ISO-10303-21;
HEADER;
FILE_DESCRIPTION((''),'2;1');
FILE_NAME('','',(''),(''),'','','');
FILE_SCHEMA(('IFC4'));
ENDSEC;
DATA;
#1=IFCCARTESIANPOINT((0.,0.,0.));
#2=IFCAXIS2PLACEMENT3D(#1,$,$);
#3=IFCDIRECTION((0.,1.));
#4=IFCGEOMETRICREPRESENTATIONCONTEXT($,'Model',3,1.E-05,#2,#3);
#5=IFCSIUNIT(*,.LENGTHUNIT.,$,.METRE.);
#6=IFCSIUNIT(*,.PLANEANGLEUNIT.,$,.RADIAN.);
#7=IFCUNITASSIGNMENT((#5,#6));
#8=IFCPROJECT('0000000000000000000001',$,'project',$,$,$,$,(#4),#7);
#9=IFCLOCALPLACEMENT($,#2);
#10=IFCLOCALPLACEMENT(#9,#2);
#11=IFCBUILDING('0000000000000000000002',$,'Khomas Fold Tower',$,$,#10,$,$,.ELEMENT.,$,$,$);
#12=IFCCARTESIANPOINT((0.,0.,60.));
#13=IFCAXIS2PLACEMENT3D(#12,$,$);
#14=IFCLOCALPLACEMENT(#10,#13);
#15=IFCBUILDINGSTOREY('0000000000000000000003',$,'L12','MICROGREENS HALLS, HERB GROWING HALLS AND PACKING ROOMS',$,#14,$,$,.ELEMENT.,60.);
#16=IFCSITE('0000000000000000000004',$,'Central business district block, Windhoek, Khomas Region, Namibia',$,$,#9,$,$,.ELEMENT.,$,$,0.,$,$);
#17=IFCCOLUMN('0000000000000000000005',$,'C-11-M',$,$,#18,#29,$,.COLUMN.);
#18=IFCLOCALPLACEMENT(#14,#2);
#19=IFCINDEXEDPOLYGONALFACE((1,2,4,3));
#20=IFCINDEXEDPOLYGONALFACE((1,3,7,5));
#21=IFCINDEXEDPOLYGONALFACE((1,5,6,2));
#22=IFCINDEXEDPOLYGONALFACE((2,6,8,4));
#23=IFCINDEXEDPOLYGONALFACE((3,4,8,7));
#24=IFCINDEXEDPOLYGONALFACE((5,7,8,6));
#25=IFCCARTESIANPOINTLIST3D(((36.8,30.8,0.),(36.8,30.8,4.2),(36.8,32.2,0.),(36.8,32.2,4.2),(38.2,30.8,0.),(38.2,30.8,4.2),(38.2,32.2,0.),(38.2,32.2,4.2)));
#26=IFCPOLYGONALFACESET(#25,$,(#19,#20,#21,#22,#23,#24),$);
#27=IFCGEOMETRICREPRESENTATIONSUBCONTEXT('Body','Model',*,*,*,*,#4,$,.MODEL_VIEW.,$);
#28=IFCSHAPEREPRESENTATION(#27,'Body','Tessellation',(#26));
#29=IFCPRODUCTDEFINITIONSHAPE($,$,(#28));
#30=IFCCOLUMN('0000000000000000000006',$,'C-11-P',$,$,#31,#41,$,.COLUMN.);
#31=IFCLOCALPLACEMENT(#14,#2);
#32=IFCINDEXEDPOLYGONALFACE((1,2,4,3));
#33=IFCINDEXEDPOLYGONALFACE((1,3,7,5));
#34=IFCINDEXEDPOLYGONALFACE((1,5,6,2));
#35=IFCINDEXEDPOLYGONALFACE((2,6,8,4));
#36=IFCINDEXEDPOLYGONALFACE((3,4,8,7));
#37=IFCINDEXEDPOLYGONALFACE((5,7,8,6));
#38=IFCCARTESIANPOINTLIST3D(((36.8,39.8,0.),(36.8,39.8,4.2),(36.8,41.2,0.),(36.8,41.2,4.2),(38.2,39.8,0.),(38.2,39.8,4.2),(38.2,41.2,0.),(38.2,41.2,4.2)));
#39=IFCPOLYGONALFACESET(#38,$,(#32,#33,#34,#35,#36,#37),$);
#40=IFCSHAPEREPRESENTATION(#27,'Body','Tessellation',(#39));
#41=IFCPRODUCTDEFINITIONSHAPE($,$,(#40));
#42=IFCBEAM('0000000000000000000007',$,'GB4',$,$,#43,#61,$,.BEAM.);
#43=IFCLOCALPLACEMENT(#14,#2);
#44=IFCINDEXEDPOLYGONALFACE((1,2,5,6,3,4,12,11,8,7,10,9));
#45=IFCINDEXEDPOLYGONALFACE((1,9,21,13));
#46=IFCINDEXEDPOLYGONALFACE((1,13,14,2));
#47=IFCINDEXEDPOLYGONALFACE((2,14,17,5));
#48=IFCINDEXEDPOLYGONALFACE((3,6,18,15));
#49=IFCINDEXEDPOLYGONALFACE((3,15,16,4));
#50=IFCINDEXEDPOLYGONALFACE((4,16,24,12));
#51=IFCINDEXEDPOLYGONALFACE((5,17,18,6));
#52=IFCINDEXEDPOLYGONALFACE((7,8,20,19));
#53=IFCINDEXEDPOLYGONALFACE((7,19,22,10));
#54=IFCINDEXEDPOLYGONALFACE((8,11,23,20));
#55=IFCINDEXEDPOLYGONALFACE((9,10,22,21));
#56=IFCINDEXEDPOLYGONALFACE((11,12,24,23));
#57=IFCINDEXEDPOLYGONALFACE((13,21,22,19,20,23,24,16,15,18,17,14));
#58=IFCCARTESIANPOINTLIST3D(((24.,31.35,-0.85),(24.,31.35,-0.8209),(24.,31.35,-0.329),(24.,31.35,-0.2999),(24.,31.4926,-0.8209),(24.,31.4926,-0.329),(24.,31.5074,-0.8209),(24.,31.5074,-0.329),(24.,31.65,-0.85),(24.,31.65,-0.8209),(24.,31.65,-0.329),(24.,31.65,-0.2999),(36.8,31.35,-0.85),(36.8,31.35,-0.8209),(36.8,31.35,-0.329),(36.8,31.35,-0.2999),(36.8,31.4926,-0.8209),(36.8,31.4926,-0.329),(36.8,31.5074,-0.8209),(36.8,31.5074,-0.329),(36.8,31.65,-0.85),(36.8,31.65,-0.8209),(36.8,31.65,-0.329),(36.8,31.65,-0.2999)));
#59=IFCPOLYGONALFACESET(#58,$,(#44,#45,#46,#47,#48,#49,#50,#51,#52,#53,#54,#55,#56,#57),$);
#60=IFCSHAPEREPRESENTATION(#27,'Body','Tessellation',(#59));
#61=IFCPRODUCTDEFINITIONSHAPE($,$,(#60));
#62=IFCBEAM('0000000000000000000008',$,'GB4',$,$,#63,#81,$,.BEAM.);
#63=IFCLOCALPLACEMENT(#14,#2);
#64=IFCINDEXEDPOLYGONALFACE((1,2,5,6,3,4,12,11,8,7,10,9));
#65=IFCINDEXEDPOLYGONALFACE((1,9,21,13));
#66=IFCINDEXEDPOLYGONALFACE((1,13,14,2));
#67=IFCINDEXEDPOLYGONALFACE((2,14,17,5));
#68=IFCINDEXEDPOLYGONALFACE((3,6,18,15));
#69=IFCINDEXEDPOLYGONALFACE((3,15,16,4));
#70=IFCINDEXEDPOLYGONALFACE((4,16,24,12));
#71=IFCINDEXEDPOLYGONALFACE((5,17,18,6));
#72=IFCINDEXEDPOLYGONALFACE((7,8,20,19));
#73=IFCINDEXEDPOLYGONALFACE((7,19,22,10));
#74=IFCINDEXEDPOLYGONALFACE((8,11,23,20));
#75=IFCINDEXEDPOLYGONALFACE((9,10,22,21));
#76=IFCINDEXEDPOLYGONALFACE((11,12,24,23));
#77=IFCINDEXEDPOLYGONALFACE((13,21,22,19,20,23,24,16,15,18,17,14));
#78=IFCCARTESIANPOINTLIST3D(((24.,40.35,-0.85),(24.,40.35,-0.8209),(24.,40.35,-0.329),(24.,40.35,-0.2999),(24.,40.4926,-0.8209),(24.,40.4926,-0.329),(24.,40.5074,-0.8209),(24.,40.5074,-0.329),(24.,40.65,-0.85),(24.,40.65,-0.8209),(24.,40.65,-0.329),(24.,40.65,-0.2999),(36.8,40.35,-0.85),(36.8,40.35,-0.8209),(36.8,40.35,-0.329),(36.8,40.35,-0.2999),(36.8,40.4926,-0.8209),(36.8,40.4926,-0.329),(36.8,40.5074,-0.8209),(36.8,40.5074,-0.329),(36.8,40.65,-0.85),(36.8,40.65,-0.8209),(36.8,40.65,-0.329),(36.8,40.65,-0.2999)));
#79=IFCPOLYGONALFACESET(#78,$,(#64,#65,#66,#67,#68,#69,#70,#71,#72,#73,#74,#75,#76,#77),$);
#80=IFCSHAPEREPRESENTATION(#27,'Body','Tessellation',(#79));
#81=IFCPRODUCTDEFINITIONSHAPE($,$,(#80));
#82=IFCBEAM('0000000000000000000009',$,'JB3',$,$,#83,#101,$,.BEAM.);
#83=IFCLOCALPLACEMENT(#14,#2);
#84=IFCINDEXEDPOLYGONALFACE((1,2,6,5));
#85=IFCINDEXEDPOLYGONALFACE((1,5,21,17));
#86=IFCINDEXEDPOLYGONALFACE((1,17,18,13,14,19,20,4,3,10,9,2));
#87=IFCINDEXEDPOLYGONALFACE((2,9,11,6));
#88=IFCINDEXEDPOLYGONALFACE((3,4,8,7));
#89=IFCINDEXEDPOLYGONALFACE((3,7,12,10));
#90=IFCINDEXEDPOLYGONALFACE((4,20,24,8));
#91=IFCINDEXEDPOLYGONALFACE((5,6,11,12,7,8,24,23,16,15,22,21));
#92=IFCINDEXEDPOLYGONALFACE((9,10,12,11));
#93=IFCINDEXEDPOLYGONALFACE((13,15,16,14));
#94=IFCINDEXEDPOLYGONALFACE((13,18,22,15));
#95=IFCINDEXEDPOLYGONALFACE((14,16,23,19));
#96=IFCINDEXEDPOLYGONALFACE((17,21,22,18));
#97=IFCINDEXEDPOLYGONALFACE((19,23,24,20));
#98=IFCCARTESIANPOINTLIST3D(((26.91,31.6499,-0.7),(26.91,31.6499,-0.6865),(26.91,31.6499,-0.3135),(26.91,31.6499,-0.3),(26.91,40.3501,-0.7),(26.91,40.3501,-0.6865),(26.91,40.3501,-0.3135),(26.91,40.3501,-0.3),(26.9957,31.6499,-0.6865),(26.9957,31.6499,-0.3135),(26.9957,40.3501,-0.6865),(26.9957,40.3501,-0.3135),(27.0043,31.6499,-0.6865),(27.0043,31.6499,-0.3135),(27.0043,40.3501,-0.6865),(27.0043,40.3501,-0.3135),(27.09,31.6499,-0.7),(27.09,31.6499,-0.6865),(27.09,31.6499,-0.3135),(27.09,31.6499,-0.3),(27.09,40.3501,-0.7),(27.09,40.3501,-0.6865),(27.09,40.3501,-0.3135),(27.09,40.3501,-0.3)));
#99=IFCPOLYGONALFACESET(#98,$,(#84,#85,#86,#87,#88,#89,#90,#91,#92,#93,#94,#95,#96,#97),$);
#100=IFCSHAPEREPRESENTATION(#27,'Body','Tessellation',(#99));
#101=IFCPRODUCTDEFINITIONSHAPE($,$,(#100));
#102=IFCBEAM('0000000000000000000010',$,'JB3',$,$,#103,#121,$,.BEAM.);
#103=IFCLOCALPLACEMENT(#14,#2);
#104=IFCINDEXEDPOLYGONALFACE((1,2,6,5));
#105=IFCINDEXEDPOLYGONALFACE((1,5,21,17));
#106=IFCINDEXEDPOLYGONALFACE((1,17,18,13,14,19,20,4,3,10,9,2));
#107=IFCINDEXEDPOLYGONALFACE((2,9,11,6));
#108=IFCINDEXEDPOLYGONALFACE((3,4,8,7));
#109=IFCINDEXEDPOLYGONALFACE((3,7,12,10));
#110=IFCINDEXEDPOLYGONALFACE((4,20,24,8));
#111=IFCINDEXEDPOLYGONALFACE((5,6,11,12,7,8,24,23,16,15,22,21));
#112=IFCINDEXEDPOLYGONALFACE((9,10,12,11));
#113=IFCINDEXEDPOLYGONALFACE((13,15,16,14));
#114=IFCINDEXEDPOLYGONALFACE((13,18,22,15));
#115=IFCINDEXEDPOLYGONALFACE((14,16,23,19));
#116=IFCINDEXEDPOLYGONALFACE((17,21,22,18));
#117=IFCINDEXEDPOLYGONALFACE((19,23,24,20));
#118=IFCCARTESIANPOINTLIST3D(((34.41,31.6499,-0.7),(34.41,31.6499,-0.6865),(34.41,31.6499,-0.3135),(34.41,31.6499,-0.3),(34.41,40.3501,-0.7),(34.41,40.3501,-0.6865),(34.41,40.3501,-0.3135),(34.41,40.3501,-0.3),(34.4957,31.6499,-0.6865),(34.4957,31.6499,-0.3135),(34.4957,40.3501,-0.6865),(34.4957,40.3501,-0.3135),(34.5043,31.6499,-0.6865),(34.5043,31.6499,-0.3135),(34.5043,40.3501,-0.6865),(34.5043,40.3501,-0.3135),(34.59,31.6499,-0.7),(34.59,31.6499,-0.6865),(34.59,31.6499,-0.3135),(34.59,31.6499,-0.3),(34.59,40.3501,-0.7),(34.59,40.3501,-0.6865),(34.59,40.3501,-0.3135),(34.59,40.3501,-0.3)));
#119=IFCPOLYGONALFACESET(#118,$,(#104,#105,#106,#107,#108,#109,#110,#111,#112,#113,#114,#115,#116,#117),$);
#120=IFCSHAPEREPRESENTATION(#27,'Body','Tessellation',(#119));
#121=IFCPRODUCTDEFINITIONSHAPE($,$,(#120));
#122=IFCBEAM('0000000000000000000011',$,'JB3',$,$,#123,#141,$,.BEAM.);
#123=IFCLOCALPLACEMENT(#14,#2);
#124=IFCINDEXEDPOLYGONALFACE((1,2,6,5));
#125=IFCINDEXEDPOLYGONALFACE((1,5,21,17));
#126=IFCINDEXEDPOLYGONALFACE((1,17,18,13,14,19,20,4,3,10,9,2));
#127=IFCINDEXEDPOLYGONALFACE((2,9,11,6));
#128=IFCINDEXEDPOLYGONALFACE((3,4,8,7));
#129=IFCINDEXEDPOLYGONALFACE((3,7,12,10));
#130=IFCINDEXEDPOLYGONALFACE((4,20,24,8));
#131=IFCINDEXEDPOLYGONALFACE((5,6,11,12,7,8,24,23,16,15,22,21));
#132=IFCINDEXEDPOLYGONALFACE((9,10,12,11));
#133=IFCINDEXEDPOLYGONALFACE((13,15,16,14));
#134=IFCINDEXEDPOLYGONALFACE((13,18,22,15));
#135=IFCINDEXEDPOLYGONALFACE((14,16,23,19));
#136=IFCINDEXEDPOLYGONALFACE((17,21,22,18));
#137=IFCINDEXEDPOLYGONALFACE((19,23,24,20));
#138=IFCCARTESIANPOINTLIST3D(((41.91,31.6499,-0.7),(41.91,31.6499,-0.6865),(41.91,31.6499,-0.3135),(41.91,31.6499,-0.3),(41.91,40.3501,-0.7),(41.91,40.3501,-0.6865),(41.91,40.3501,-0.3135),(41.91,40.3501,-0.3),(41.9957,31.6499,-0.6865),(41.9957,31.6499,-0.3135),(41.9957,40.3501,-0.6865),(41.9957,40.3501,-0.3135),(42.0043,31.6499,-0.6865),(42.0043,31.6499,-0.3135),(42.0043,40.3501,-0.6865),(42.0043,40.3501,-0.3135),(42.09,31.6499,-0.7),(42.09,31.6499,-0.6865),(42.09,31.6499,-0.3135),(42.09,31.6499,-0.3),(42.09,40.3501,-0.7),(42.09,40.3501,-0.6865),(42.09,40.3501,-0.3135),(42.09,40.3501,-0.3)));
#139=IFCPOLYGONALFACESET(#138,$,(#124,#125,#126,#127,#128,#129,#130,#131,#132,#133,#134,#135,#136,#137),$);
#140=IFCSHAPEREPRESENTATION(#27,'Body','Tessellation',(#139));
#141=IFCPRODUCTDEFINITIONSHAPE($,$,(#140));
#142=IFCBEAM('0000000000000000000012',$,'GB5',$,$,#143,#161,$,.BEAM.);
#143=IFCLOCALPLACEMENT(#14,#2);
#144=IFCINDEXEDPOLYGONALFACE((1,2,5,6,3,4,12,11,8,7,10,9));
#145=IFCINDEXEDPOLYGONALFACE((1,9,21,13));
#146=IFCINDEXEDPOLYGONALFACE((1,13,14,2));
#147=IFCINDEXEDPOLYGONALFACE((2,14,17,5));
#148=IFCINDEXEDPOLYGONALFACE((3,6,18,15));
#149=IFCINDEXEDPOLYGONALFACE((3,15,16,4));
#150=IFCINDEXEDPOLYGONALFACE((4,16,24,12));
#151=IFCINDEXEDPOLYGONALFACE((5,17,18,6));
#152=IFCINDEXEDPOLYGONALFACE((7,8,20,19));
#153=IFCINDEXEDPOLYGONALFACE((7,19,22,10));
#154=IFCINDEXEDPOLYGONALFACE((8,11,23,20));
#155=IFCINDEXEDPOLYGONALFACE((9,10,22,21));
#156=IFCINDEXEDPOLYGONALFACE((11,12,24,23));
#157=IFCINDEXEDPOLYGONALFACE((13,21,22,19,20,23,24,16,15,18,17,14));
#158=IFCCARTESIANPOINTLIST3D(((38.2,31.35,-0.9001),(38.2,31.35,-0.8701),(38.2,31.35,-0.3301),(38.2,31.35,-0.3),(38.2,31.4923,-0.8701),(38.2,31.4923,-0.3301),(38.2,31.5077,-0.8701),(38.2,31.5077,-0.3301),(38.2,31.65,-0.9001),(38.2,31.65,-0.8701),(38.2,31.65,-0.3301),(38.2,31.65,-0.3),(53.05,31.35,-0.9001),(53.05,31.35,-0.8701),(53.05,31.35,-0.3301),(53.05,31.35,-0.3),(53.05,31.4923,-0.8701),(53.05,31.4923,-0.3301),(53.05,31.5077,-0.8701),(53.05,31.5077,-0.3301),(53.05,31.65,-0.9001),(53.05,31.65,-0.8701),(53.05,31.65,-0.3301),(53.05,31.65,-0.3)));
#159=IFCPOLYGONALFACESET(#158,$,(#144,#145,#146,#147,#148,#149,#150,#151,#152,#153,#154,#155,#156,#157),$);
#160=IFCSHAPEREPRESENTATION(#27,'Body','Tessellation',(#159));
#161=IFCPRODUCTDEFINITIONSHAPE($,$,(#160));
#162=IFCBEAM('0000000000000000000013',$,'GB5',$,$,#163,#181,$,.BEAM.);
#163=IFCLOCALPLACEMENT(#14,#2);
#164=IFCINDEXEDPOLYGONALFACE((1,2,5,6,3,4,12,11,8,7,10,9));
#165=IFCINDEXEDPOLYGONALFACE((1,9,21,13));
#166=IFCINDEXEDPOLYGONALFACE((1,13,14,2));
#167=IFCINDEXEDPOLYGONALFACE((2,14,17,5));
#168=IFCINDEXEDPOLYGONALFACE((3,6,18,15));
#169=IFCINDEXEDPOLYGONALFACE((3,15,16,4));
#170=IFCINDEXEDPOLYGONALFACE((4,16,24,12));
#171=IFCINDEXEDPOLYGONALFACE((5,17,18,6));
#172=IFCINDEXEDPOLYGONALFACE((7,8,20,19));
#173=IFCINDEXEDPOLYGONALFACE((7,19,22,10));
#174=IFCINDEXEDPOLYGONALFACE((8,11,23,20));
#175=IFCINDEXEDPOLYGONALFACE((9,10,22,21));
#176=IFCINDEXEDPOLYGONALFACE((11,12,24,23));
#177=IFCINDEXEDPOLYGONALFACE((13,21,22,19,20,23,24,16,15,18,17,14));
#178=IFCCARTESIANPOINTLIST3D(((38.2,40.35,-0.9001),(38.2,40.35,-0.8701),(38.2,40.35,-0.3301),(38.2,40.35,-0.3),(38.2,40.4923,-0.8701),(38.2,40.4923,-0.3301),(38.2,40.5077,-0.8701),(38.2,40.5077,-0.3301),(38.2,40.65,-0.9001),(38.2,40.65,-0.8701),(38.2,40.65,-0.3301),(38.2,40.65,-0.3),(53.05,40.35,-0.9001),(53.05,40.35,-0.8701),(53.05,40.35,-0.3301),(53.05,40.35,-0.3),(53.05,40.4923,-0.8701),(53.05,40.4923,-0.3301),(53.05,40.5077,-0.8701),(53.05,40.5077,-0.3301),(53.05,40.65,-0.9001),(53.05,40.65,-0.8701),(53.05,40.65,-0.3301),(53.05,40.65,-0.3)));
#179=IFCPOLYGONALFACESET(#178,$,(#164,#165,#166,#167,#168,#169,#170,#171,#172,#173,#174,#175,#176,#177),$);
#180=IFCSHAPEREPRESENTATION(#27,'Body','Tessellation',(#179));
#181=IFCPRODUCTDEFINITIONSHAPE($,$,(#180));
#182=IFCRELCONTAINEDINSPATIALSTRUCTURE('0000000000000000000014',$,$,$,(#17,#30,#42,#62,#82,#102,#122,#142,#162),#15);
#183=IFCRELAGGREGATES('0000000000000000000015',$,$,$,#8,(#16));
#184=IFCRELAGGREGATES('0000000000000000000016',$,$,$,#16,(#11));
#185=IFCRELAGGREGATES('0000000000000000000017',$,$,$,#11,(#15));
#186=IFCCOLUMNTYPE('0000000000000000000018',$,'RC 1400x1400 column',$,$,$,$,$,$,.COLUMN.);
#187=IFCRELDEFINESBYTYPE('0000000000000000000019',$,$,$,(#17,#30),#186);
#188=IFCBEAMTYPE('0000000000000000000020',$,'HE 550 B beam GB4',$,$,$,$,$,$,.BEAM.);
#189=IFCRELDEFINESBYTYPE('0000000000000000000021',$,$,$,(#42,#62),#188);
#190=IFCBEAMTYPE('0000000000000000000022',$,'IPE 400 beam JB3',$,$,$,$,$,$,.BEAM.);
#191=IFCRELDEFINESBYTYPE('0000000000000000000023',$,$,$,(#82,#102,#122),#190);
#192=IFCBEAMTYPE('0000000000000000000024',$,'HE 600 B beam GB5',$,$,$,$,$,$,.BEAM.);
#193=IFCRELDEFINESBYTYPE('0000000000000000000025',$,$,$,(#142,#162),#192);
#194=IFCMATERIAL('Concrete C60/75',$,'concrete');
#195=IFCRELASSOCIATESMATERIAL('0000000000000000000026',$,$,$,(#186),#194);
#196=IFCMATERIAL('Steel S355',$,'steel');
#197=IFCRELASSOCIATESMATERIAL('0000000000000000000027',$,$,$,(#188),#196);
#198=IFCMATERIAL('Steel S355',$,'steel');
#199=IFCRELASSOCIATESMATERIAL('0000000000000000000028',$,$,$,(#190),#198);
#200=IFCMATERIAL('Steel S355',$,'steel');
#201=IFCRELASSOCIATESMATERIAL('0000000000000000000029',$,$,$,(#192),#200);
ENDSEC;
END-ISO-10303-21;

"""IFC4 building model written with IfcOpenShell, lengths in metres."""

from ifc_helpers import new_model, si_unit, direction, frame, origin, origin_2d, place, context, subcontext, project, spatial, rectangle, i_section, extrude, source, transform, mapped, material, material_profile, profile_set, type_object, element, save


model = new_model("IFC4")

# Units and contexts
model_context = context("Model", 3, precision=1e-05, world=origin(), true_north=direction((0.0, 1.0)))
body_context = subcontext(model_context, "Body", "Model", "MODEL_VIEW")
ifc_project = project(units=[si_unit("LENGTHUNIT", "METRE"), si_unit("PLANEANGLEUNIT", "RADIAN")], contexts=[model_context])

# Site, building, storey
site_placement = place(None, origin())
site = spatial("IfcSite", under=ifc_project, at=site_placement, Name="Central business district block, Windhoek, Khomas Region, Namibia", CompositionType="ELEMENT", RefElevation=0.0)
building_placement = place(site_placement, origin())
building = spatial("IfcBuilding", under=site, at=building_placement, Name="Khomas Fold Tower", CompositionType="ELEMENT")
storey_placement = place(building_placement, frame((0.0, 0.0, 60.0)))
storey = spatial("IfcBuildingStorey", under=building, at=storey_placement, Name="L12", Description="MICROGREENS HALLS, HERB GROWING HALLS AND PACKING ROOMS", CompositionType="ELEMENT", Elevation=60.0)

# Columns
ifc_material_1 = material(Name="Concrete C60/75", Category="concrete")
ifc_material_profile_1 = material_profile(ifc_material_1, rectangle(XDim=1.3999, YDim=1.3999, at=origin_2d()), Name="RC 1400x1400")
ifc_profile_set_1 = profile_set([ifc_material_profile_1], Name="Concrete C60/75")
column_type = type_object("IfcColumnType", Name="RC 1400x1400 column", PredefinedType="COLUMN", material=ifc_profile_set_1)
shared_shape_1 = source(origin(), body_context, "Body", "SweptSolid", [
    extrude(rectangle(XDim=1.3999, YDim=1.3999, at=origin_2d()), origin(), (0.0, 0.0, 1.0), 4.2),
])
for number, where, z_axis, x_axis, name in (
    (1, (37.5, 31.5, 0.0), (0.0, 0.0, 1.0), (1.0, 0.0, 0.0), "C-11-M"),
    (2, (37.5, 40.5, 0.0), (0.0, 0.0, 1.0), (1.0, 0.0, 0.0), "C-11-P"),
):
    element("IfcColumn", number, at=place(storey_placement, frame(where, z_axis=z_axis, x_axis=x_axis)), inside=storey, type_object=column_type, Name=name, PredefinedType="COLUMN", context=body_context, shape_type="MappedRepresentation", body=[
        mapped(shared_shape_1, transform((0.0, 0.0, 0.0))),
    ])

# Beams
ifc_material_2 = material(Name="Steel S355", Category="steel")
ifc_material_profile_2 = material_profile(ifc_material_2, i_section(OverallWidth=0.3, OverallDepth=0.55, WebThickness=0.0149, FlangeThickness=0.0291, at=origin_2d()), Name="HE 550 B")
ifc_profile_set_2 = profile_set([ifc_material_profile_2], Name="Steel S355")
beam_type_1 = type_object("IfcBeamType", Name="HE 550 B beam GB4", PredefinedType="BEAM", material=ifc_profile_set_2)
shared_shape_2 = source(origin(), body_context, "Body", "SweptSolid", [
    extrude(i_section(OverallWidth=0.3, OverallDepth=0.55, WebThickness=0.0149, FlangeThickness=0.0291, at=origin_2d()), origin(), (0.0, 0.0, 1.0), 12.8),
])
for number, where, z_axis, x_axis, name in (
    (3, (24.0, 31.5, -0.575), (1.0, 0.0, 0.0), (0.0, 1.0, 0.0), "GB4"),
    (4, (24.0, 40.5, -0.575), (1.0, 0.0, 0.0), (0.0, 1.0, 0.0), "GB4"),
):
    element("IfcBeam", number, at=place(storey_placement, frame(where, z_axis=z_axis, x_axis=x_axis)), inside=storey, type_object=beam_type_1, Name=name, PredefinedType="BEAM", context=body_context, shape_type="MappedRepresentation", body=[
        mapped(shared_shape_2, transform((0.0, 0.0, 0.0))),
    ])
ifc_material_3 = material(Name="Steel S355", Category="steel")
ifc_material_profile_3 = material_profile(ifc_material_3, i_section(OverallWidth=0.1799, OverallDepth=0.3999, WebThickness=0.0085, FlangeThickness=0.0134, at=origin_2d()), Name="IPE 400")
ifc_profile_set_3 = profile_set([ifc_material_profile_3], Name="Steel S355")
beam_type_2 = type_object("IfcBeamType", Name="IPE 400 beam JB3", PredefinedType="BEAM", material=ifc_profile_set_3)
shared_shape_3 = source(origin(), body_context, "Body", "SweptSolid", [
    extrude(i_section(OverallWidth=0.1799, OverallDepth=0.3999, WebThickness=0.0085, FlangeThickness=0.0134, at=origin_2d()), origin(), (0.0, 0.0, 1.0), 8.7002),
])
for number, where, z_axis, x_axis, name in (
    (5, (27.0, 31.6499, -0.5), (0.0, 1.0, 0.0), (-1.0, 0.0, 0.0), "JB3"),
    (6, (34.5, 31.6499, -0.5), (0.0, 1.0, 0.0), (-1.0, 0.0, 0.0), "JB3"),
    (7, (42.0, 31.6499, -0.5), (0.0, 1.0, 0.0), (-1.0, 0.0, 0.0), "JB3"),
):
    element("IfcBeam", number, at=place(storey_placement, frame(where, z_axis=z_axis, x_axis=x_axis)), inside=storey, type_object=beam_type_2, Name=name, PredefinedType="BEAM", context=body_context, shape_type="MappedRepresentation", body=[
        mapped(shared_shape_3, transform((0.0, 0.0, 0.0))),
    ])
ifc_material_4 = material(Name="Steel S355", Category="steel")
ifc_material_profile_4 = material_profile(ifc_material_4, i_section(OverallWidth=0.3, OverallDepth=0.6001, WebThickness=0.0154, FlangeThickness=0.03, at=origin_2d()), Name="HE 600 B")
ifc_profile_set_4 = profile_set([ifc_material_profile_4], Name="Steel S355")
beam_type_3 = type_object("IfcBeamType", Name="HE 600 B beam GB5", PredefinedType="BEAM", material=ifc_profile_set_4)
shared_shape_4 = source(origin(), body_context, "Body", "SweptSolid", [
    extrude(i_section(OverallWidth=0.3, OverallDepth=0.6001, WebThickness=0.0154, FlangeThickness=0.03, at=origin_2d()), origin(), (0.0, 0.0, 1.0), 14.8501),
])
for number, where, z_axis, x_axis, name in (
    (8, (38.2, 31.5, -0.6001), (1.0, 0.0, 0.0), (0.0, 1.0, 0.0), "GB5"),
    (9, (38.2, 40.5, -0.6001), (1.0, 0.0, 0.0), (0.0, 1.0, 0.0), "GB5"),
):
    element("IfcBeam", number, at=place(storey_placement, frame(where, z_axis=z_axis, x_axis=x_axis)), inside=storey, type_object=beam_type_3, Name=name, PredefinedType="BEAM", context=body_context, shape_type="MappedRepresentation", body=[
        mapped(shared_shape_4, transform((0.0, 0.0, 0.0))),
    ])

save(model, "model.ifc")
